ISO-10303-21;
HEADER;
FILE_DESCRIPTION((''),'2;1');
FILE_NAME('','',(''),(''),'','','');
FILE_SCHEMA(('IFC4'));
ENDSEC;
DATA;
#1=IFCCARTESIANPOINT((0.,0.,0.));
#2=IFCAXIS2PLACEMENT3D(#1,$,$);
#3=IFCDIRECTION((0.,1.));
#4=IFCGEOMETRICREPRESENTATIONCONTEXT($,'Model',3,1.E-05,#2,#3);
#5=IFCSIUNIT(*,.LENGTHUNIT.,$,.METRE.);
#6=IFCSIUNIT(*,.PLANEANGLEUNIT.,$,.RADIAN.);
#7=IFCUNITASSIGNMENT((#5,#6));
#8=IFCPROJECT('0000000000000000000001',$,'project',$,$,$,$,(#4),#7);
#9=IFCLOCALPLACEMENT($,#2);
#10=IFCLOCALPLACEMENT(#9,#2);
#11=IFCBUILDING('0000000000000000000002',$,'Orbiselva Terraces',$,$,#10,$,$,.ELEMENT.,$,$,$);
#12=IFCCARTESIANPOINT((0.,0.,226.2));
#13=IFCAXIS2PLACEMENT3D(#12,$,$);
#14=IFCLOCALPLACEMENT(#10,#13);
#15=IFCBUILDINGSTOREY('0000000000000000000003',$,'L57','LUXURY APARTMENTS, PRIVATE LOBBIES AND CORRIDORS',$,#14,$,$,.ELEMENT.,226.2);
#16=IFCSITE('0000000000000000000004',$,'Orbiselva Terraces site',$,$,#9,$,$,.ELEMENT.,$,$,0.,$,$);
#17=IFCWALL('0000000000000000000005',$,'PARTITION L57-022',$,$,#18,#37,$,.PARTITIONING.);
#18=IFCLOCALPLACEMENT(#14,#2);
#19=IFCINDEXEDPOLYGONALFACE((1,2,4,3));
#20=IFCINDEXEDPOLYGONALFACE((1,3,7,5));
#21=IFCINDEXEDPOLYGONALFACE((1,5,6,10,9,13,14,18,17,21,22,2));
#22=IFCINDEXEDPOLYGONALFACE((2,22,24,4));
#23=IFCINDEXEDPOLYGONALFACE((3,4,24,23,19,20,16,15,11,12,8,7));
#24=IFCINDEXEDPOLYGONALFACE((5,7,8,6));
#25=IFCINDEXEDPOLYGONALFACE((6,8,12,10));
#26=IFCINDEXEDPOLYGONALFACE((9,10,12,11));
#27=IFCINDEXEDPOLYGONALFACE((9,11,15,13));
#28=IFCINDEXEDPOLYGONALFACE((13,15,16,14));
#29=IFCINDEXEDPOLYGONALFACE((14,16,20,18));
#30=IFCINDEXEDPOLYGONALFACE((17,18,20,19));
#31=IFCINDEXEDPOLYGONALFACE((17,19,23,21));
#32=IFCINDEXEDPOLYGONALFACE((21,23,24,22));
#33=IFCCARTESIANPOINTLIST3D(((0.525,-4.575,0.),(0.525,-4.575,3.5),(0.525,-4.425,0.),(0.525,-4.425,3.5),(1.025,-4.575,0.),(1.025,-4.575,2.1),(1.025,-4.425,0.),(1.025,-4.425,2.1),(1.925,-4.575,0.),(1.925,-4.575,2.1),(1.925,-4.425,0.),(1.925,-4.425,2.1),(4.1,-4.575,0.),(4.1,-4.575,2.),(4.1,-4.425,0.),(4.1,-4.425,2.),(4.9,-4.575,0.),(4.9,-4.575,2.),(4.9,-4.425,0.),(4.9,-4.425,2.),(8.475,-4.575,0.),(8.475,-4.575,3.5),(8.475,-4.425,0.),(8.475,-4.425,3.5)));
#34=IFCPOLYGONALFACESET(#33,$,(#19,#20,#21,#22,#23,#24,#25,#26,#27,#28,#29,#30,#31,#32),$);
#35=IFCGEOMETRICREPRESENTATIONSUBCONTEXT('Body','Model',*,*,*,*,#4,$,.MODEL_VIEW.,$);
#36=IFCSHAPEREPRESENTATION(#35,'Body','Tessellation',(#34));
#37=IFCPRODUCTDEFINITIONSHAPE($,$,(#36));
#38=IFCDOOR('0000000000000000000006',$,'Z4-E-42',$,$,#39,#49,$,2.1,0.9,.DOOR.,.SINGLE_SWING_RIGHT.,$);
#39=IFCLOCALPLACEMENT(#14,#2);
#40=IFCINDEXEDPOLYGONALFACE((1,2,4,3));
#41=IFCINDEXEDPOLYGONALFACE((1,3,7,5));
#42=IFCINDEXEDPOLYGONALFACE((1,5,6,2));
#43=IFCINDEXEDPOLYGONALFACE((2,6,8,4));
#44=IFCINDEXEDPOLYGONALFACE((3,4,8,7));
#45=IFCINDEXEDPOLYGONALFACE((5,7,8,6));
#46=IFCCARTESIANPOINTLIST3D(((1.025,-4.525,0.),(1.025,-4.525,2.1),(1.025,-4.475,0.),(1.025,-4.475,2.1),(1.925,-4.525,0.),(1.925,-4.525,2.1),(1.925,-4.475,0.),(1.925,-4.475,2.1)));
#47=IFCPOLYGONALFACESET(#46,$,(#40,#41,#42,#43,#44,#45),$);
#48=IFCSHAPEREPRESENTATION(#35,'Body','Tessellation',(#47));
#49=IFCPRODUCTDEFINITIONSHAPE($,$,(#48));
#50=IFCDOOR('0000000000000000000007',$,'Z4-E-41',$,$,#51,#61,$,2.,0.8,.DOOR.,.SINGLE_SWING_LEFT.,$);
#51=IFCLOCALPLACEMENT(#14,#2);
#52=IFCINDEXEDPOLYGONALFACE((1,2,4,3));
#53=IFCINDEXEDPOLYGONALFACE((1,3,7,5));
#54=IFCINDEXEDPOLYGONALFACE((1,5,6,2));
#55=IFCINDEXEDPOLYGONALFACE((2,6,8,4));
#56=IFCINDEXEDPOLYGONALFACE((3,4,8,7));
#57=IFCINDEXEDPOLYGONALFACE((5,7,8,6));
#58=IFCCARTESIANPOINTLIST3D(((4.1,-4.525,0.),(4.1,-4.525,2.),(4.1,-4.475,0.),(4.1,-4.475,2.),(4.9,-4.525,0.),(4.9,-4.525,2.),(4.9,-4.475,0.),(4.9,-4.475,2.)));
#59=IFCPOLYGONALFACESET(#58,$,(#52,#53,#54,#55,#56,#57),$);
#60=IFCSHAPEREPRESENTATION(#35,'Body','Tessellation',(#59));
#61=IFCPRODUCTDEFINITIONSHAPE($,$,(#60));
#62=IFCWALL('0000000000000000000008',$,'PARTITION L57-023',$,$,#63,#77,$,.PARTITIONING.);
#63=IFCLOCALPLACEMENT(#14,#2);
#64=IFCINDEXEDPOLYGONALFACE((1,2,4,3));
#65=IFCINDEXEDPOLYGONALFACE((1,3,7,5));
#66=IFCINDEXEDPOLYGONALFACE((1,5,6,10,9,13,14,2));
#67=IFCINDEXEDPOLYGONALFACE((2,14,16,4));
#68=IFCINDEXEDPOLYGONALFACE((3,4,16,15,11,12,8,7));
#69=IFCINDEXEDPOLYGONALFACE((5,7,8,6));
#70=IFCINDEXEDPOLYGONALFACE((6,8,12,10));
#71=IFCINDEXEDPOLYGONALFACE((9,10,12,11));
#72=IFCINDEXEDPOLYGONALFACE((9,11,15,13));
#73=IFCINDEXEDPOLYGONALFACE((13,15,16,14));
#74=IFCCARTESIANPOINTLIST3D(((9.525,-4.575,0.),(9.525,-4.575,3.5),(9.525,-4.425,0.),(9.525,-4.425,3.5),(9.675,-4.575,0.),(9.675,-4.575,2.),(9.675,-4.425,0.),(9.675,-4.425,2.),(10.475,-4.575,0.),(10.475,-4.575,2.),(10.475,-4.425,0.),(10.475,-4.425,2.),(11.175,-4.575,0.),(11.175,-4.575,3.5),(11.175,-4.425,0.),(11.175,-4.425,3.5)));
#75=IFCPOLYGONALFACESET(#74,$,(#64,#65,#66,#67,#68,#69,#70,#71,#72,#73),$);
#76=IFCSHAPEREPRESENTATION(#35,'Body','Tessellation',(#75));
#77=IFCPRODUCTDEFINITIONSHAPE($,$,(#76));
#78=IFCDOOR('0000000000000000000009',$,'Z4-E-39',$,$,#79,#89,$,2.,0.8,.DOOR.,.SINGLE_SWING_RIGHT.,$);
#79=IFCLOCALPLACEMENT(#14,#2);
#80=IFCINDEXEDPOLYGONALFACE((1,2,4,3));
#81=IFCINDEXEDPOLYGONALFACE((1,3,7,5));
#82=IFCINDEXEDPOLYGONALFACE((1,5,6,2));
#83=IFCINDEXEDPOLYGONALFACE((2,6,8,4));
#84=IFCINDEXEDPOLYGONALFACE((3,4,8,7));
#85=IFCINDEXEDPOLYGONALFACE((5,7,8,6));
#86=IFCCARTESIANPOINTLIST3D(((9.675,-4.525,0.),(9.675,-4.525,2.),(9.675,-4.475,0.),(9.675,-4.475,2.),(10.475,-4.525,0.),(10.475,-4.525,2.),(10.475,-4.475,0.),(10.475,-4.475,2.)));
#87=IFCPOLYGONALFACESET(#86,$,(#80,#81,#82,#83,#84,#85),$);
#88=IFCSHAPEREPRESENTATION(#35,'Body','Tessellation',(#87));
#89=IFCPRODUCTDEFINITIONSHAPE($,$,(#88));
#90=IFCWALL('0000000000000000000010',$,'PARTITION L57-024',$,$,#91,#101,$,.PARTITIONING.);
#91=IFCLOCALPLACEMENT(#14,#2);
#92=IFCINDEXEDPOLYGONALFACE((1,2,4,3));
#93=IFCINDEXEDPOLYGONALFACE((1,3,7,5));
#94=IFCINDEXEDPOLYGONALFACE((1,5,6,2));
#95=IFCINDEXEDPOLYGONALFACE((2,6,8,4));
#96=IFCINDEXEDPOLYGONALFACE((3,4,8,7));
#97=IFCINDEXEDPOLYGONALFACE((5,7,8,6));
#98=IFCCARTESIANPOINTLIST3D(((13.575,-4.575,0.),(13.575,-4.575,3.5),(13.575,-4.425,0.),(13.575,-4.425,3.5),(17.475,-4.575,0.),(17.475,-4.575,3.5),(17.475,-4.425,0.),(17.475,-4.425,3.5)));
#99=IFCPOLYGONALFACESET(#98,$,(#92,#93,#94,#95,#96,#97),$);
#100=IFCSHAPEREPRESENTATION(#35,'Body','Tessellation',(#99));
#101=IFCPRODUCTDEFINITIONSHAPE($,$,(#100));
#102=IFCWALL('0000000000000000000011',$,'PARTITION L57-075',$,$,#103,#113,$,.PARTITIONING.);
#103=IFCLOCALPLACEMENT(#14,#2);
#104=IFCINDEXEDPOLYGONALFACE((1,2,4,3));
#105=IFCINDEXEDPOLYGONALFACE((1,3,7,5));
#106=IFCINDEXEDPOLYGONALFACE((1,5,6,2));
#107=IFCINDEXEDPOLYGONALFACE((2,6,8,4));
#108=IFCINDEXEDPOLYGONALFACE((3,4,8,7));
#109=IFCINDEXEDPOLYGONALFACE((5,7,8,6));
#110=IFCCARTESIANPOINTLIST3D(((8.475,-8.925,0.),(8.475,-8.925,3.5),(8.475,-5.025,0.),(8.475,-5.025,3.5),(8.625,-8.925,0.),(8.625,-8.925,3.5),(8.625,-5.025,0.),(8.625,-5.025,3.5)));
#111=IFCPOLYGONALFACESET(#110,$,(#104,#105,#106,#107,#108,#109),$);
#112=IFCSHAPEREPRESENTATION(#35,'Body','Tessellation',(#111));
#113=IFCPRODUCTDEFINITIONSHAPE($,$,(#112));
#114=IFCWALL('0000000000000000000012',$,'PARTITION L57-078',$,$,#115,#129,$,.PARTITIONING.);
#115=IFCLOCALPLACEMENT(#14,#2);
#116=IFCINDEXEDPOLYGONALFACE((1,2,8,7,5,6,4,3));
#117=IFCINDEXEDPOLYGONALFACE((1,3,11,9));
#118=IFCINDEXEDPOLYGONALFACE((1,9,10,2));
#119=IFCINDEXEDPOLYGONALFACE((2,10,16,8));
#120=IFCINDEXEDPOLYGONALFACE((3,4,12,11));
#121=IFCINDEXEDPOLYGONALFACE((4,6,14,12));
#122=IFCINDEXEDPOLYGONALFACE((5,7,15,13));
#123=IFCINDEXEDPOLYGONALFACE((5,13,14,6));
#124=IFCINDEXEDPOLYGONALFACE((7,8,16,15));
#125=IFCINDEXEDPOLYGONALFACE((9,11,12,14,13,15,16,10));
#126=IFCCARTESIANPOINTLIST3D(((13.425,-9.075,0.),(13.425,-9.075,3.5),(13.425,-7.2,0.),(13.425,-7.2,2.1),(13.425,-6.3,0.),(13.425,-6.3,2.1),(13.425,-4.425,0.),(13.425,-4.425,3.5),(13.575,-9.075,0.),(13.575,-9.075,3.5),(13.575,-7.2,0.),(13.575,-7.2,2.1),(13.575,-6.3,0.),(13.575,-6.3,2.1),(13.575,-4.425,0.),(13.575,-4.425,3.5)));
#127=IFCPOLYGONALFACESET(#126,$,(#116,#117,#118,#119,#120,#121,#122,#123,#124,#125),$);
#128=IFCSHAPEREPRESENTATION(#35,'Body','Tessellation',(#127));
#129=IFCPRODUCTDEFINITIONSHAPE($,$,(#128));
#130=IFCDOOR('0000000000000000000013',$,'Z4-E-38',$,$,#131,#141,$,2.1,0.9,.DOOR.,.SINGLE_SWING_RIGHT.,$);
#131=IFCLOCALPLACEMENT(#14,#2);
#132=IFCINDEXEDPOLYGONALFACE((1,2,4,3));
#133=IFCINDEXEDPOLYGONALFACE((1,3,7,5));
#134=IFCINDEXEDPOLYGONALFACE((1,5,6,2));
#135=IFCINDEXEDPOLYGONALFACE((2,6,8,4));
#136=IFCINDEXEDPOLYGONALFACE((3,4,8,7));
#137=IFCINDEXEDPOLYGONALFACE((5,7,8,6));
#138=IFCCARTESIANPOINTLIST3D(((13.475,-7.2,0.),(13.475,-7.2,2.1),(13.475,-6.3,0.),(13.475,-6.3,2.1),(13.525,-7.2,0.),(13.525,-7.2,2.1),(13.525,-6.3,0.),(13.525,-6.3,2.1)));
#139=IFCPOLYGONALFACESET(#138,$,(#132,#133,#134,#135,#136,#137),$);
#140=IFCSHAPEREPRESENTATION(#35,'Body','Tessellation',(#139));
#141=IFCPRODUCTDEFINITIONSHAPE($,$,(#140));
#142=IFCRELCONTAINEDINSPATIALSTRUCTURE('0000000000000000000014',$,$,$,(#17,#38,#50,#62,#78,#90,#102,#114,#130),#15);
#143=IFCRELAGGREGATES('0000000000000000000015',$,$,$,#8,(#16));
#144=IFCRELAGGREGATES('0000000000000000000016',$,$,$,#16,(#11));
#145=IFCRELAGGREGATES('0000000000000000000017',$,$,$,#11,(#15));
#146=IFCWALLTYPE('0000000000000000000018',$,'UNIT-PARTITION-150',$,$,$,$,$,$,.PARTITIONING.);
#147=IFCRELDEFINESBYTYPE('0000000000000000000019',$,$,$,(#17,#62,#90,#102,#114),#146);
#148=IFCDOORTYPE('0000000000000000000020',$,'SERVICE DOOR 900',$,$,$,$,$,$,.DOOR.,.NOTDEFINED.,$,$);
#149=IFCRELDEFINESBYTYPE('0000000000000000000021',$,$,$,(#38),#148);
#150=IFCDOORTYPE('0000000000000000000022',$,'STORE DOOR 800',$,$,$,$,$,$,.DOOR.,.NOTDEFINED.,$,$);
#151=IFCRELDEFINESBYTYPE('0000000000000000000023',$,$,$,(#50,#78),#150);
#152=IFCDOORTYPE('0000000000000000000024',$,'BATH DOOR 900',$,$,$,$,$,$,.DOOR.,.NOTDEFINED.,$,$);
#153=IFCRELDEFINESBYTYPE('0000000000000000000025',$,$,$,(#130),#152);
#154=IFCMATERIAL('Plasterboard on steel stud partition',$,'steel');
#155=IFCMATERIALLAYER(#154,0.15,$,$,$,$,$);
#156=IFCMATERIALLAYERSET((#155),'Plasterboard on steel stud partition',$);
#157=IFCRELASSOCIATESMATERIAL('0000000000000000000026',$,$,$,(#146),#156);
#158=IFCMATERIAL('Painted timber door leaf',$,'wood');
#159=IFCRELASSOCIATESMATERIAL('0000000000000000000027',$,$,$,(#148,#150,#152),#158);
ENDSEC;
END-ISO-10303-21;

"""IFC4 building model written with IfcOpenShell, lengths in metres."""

from ifc_helpers import new_model, si_unit, direction, frame, frame_2d, origin, place, context, subcontext, project, spatial, rectangle, extrude, material, layer, layer_set, type_object, element, fill, save


model = new_model("IFC4")

# Units and contexts
model_context = context("Model", 3, precision=1e-05, world=origin(), true_north=direction((0.0, 1.0)))
body_context = subcontext(model_context, "Body", "Model", "MODEL_VIEW")
ifc_project = project(units=[si_unit("LENGTHUNIT", "METRE"), si_unit("PLANEANGLEUNIT", "RADIAN")], contexts=[model_context])

# Site, building, storey
site_placement = place(None, origin())
site = spatial("IfcSite", under=ifc_project, at=site_placement, Name="Orbiselva Terraces site", CompositionType="ELEMENT", RefElevation=0.0)
building_placement = place(site_placement, origin())
building = spatial("IfcBuilding", under=site, at=building_placement, Name="Orbiselva Terraces", CompositionType="ELEMENT")
storey_placement = place(building_placement, frame((0.0, 0.0, 226.2)))
storey = spatial("IfcBuildingStorey", under=building, at=storey_placement, Name="L57", Description="LUXURY APARTMENTS, PRIVATE LOBBIES AND CORRIDORS", CompositionType="ELEMENT", Elevation=226.2)

# Shared definitions
ifc_material_1 = material(Name="Plasterboard on steel stud partition", Category="steel")

# Wall, openings, doors
ifc_layer_1 = layer(ifc_material_1, 0.15)
ifc_layer_set_1 = layer_set([ifc_layer_1], Name="Plasterboard on steel stud partition")
wall_type_1 = type_object("IfcWallType", Name="UNIT-PARTITION-150", PredefinedType="PARTITIONING", material=ifc_layer_set_1)
wall_1_placement = place(storey_placement, frame((8.475, -4.5, 0.0), z_axis=(0.0, 0.0, 1.0), x_axis=(-1.0, 0.0, 0.0)))
wall_1 = element("IfcWall", 1, at=wall_1_placement, inside=storey, type_object=wall_type_1, Name="PARTITION L57-022", PredefinedType="PARTITIONING", context=body_context, shape_type="SweptSolid", body=[
    extrude(rectangle(XDim=7.95, YDim=0.15, at=frame_2d((3.975, 0.0))), origin(), (0.0, 0.0, 1.0), 3.5),
])
opening_1_placement = place(wall_1_placement, frame((3.575, 0.0, 0.0)))
opening_1 = element("IfcOpeningElement", 2, at=opening_1_placement, cuts=wall_1, PredefinedType="OPENING", context=body_context, shape_type="SweptSolid", body=[
    extrude(rectangle(XDim=0.8, YDim=2.0, at=frame_2d((0.4, 1.0))), frame((0.0, 0.085, 0.0), z_axis=(0.0, -1.0, 0.0), x_axis=(1.0, 0.0, 0.0)), (0.0, 0.0, 1.0), 0.17),
])
opening_2_placement = place(wall_1_placement, frame((6.55, 0.0, 0.0)))
opening_2 = element("IfcOpeningElement", 3, at=opening_2_placement, cuts=wall_1, PredefinedType="OPENING", context=body_context, shape_type="SweptSolid", body=[
    extrude(rectangle(XDim=0.9, YDim=2.1, at=frame_2d((0.45, 1.05))), frame((0.0, 0.085, 0.0), z_axis=(0.0, -1.0, 0.0), x_axis=(1.0, 0.0, 0.0)), (0.0, 0.0, 1.0), 0.17),
])
ifc_material_2 = material(Name="Painted timber door leaf", Category="wood")
door_type_1 = type_object("IfcDoorType", Name="SERVICE DOOR 900", OperationType="NOTDEFINED", PredefinedType="DOOR", material=ifc_material_2)
door_1_placement = place(opening_2_placement, origin())
door_1 = element("IfcDoor", 4, at=door_1_placement, inside=storey, type_object=door_type_1, Name="Z4-E-42", OperationType="SINGLE_SWING_RIGHT", OverallHeight=2.1, OverallWidth=0.9, PredefinedType="DOOR", context=body_context, shape_type="SweptSolid", body=[
    extrude(rectangle(XDim=0.9, YDim=2.1, at=frame_2d((0.45, 1.05))), frame((0.0, 0.025, 0.0), z_axis=(0.0, -1.0, 0.0), x_axis=(1.0, 0.0, 0.0)), (0.0, 0.0, 1.0), 0.05),
])
fill(opening_2, door_1)
door_type_2 = type_object("IfcDoorType", Name="STORE DOOR 800", OperationType="NOTDEFINED", PredefinedType="DOOR", material=ifc_material_2)
door_2_placement = place(opening_1_placement, origin())
door_2 = element("IfcDoor", 5, at=door_2_placement, inside=storey, type_object=door_type_2, Name="Z4-E-41", OperationType="SINGLE_SWING_LEFT", OverallHeight=2.0, OverallWidth=0.8, PredefinedType="DOOR", context=body_context, shape_type="SweptSolid", body=[
    extrude(rectangle(XDim=0.8, YDim=2.0, at=frame_2d((0.4, 1.0))), frame((0.0, 0.025, 0.0), z_axis=(0.0, -1.0, 0.0), x_axis=(1.0, 0.0, 0.0)), (0.0, 0.0, 1.0), 0.05),
])
fill(opening_1, door_2)

# Wall, opening, door
wall_2_placement = place(storey_placement, frame((11.175, -4.5, 0.0), z_axis=(0.0, 0.0, 1.0), x_axis=(-1.0, 0.0, 0.0)))
wall_2 = element("IfcWall", 6, at=wall_2_placement, inside=storey, type_object=wall_type_1, Name="PARTITION L57-023", PredefinedType="PARTITIONING", context=body_context, shape_type="SweptSolid", body=[
    extrude(rectangle(XDim=1.65, YDim=0.15, at=frame_2d((0.825, 0.0))), origin(), (0.0, 0.0, 1.0), 3.5),
])
opening_3_placement = place(wall_2_placement, frame((0.7, 0.0, 0.0)))
opening_3 = element("IfcOpeningElement", 7, at=opening_3_placement, cuts=wall_2, PredefinedType="OPENING", context=body_context, shape_type="SweptSolid", body=[
    extrude(rectangle(XDim=0.8, YDim=2.0, at=frame_2d((0.4, 1.0))), frame((0.0, 0.085, 0.0), z_axis=(0.0, -1.0, 0.0), x_axis=(1.0, 0.0, 0.0)), (0.0, 0.0, 1.0), 0.17),
])
door_3_placement = place(opening_3_placement, origin())
door_3 = element("IfcDoor", 8, at=door_3_placement, inside=storey, type_object=door_type_2, Name="Z4-E-39", OperationType="SINGLE_SWING_RIGHT", OverallHeight=2.0, OverallWidth=0.8, PredefinedType="DOOR", context=body_context, shape_type="SweptSolid", body=[
    extrude(rectangle(XDim=0.8, YDim=2.0, at=frame_2d((0.4, 1.0))), frame((0.0, 0.025, 0.0), z_axis=(0.0, -1.0, 0.0), x_axis=(1.0, 0.0, 0.0)), (0.0, 0.0, 1.0), 0.05),
])
fill(opening_3, door_3)

# Walls
for number, where, z_axis, x_axis, name in (
    (9, (13.575, -4.5, 0.0), (0.0, 0.0, 1.0), (1.0, 0.0, 0.0), "PARTITION L57-024"),
    (10, (8.55, -8.925, 0.0), (0.0, 0.0, 1.0), (0.0, 1.0, 0.0), "PARTITION L57-075"),
):
    element("IfcWall", number, at=place(storey_placement, frame(where, z_axis=z_axis, x_axis=x_axis)), inside=storey, type_object=wall_type_1, Name=name, PredefinedType="PARTITIONING", context=body_context, shape_type="SweptSolid", body=[
        extrude(rectangle(XDim=3.9, YDim=0.15, at=frame_2d((1.95, 0.0))), origin(), (0.0, 0.0, 1.0), 3.5),
    ])

# Wall, opening, door
wall_3_placement = place(storey_placement, frame((13.5, -4.425, 0.0), z_axis=(0.0, 0.0, 1.0), x_axis=(0.0, -1.0, 0.0)))
wall_3 = element("IfcWall", 11, at=wall_3_placement, inside=storey, type_object=wall_type_1, Name="PARTITION L57-078", PredefinedType="PARTITIONING", context=body_context, shape_type="SweptSolid", body=[
    extrude(rectangle(XDim=4.65, YDim=0.15, at=frame_2d((2.325, 0.0))), origin(), (0.0, 0.0, 1.0), 3.5),
])
opening_4_placement = place(wall_3_placement, frame((1.875, 0.0, 0.0)))
opening_4 = element("IfcOpeningElement", 12, at=opening_4_placement, cuts=wall_3, PredefinedType="OPENING", context=body_context, shape_type="SweptSolid", body=[
    extrude(rectangle(XDim=0.9, YDim=2.1, at=frame_2d((0.45, 1.05))), frame((0.0, 0.085, 0.0), z_axis=(0.0, -1.0, 0.0), x_axis=(1.0, 0.0, 0.0)), (0.0, 0.0, 1.0), 0.17),
])
door_type_3 = type_object("IfcDoorType", Name="BATH DOOR 900", OperationType="NOTDEFINED", PredefinedType="DOOR", material=ifc_material_2)
door_4_placement = place(opening_4_placement, origin())
door_4 = element("IfcDoor", 13, at=door_4_placement, inside=storey, type_object=door_type_3, Name="Z4-E-38", OperationType="SINGLE_SWING_RIGHT", OverallHeight=2.1, OverallWidth=0.9, PredefinedType="DOOR", context=body_context, shape_type="SweptSolid", body=[
    extrude(rectangle(XDim=0.9, YDim=2.1, at=frame_2d((0.45, 1.05))), frame((0.0, 0.025, 0.0), z_axis=(0.0, -1.0, 0.0), x_axis=(1.0, 0.0, 0.0)), (0.0, 0.0, 1.0), 0.05),
])
fill(opening_4, door_4)

save(model, "model.ifc")
